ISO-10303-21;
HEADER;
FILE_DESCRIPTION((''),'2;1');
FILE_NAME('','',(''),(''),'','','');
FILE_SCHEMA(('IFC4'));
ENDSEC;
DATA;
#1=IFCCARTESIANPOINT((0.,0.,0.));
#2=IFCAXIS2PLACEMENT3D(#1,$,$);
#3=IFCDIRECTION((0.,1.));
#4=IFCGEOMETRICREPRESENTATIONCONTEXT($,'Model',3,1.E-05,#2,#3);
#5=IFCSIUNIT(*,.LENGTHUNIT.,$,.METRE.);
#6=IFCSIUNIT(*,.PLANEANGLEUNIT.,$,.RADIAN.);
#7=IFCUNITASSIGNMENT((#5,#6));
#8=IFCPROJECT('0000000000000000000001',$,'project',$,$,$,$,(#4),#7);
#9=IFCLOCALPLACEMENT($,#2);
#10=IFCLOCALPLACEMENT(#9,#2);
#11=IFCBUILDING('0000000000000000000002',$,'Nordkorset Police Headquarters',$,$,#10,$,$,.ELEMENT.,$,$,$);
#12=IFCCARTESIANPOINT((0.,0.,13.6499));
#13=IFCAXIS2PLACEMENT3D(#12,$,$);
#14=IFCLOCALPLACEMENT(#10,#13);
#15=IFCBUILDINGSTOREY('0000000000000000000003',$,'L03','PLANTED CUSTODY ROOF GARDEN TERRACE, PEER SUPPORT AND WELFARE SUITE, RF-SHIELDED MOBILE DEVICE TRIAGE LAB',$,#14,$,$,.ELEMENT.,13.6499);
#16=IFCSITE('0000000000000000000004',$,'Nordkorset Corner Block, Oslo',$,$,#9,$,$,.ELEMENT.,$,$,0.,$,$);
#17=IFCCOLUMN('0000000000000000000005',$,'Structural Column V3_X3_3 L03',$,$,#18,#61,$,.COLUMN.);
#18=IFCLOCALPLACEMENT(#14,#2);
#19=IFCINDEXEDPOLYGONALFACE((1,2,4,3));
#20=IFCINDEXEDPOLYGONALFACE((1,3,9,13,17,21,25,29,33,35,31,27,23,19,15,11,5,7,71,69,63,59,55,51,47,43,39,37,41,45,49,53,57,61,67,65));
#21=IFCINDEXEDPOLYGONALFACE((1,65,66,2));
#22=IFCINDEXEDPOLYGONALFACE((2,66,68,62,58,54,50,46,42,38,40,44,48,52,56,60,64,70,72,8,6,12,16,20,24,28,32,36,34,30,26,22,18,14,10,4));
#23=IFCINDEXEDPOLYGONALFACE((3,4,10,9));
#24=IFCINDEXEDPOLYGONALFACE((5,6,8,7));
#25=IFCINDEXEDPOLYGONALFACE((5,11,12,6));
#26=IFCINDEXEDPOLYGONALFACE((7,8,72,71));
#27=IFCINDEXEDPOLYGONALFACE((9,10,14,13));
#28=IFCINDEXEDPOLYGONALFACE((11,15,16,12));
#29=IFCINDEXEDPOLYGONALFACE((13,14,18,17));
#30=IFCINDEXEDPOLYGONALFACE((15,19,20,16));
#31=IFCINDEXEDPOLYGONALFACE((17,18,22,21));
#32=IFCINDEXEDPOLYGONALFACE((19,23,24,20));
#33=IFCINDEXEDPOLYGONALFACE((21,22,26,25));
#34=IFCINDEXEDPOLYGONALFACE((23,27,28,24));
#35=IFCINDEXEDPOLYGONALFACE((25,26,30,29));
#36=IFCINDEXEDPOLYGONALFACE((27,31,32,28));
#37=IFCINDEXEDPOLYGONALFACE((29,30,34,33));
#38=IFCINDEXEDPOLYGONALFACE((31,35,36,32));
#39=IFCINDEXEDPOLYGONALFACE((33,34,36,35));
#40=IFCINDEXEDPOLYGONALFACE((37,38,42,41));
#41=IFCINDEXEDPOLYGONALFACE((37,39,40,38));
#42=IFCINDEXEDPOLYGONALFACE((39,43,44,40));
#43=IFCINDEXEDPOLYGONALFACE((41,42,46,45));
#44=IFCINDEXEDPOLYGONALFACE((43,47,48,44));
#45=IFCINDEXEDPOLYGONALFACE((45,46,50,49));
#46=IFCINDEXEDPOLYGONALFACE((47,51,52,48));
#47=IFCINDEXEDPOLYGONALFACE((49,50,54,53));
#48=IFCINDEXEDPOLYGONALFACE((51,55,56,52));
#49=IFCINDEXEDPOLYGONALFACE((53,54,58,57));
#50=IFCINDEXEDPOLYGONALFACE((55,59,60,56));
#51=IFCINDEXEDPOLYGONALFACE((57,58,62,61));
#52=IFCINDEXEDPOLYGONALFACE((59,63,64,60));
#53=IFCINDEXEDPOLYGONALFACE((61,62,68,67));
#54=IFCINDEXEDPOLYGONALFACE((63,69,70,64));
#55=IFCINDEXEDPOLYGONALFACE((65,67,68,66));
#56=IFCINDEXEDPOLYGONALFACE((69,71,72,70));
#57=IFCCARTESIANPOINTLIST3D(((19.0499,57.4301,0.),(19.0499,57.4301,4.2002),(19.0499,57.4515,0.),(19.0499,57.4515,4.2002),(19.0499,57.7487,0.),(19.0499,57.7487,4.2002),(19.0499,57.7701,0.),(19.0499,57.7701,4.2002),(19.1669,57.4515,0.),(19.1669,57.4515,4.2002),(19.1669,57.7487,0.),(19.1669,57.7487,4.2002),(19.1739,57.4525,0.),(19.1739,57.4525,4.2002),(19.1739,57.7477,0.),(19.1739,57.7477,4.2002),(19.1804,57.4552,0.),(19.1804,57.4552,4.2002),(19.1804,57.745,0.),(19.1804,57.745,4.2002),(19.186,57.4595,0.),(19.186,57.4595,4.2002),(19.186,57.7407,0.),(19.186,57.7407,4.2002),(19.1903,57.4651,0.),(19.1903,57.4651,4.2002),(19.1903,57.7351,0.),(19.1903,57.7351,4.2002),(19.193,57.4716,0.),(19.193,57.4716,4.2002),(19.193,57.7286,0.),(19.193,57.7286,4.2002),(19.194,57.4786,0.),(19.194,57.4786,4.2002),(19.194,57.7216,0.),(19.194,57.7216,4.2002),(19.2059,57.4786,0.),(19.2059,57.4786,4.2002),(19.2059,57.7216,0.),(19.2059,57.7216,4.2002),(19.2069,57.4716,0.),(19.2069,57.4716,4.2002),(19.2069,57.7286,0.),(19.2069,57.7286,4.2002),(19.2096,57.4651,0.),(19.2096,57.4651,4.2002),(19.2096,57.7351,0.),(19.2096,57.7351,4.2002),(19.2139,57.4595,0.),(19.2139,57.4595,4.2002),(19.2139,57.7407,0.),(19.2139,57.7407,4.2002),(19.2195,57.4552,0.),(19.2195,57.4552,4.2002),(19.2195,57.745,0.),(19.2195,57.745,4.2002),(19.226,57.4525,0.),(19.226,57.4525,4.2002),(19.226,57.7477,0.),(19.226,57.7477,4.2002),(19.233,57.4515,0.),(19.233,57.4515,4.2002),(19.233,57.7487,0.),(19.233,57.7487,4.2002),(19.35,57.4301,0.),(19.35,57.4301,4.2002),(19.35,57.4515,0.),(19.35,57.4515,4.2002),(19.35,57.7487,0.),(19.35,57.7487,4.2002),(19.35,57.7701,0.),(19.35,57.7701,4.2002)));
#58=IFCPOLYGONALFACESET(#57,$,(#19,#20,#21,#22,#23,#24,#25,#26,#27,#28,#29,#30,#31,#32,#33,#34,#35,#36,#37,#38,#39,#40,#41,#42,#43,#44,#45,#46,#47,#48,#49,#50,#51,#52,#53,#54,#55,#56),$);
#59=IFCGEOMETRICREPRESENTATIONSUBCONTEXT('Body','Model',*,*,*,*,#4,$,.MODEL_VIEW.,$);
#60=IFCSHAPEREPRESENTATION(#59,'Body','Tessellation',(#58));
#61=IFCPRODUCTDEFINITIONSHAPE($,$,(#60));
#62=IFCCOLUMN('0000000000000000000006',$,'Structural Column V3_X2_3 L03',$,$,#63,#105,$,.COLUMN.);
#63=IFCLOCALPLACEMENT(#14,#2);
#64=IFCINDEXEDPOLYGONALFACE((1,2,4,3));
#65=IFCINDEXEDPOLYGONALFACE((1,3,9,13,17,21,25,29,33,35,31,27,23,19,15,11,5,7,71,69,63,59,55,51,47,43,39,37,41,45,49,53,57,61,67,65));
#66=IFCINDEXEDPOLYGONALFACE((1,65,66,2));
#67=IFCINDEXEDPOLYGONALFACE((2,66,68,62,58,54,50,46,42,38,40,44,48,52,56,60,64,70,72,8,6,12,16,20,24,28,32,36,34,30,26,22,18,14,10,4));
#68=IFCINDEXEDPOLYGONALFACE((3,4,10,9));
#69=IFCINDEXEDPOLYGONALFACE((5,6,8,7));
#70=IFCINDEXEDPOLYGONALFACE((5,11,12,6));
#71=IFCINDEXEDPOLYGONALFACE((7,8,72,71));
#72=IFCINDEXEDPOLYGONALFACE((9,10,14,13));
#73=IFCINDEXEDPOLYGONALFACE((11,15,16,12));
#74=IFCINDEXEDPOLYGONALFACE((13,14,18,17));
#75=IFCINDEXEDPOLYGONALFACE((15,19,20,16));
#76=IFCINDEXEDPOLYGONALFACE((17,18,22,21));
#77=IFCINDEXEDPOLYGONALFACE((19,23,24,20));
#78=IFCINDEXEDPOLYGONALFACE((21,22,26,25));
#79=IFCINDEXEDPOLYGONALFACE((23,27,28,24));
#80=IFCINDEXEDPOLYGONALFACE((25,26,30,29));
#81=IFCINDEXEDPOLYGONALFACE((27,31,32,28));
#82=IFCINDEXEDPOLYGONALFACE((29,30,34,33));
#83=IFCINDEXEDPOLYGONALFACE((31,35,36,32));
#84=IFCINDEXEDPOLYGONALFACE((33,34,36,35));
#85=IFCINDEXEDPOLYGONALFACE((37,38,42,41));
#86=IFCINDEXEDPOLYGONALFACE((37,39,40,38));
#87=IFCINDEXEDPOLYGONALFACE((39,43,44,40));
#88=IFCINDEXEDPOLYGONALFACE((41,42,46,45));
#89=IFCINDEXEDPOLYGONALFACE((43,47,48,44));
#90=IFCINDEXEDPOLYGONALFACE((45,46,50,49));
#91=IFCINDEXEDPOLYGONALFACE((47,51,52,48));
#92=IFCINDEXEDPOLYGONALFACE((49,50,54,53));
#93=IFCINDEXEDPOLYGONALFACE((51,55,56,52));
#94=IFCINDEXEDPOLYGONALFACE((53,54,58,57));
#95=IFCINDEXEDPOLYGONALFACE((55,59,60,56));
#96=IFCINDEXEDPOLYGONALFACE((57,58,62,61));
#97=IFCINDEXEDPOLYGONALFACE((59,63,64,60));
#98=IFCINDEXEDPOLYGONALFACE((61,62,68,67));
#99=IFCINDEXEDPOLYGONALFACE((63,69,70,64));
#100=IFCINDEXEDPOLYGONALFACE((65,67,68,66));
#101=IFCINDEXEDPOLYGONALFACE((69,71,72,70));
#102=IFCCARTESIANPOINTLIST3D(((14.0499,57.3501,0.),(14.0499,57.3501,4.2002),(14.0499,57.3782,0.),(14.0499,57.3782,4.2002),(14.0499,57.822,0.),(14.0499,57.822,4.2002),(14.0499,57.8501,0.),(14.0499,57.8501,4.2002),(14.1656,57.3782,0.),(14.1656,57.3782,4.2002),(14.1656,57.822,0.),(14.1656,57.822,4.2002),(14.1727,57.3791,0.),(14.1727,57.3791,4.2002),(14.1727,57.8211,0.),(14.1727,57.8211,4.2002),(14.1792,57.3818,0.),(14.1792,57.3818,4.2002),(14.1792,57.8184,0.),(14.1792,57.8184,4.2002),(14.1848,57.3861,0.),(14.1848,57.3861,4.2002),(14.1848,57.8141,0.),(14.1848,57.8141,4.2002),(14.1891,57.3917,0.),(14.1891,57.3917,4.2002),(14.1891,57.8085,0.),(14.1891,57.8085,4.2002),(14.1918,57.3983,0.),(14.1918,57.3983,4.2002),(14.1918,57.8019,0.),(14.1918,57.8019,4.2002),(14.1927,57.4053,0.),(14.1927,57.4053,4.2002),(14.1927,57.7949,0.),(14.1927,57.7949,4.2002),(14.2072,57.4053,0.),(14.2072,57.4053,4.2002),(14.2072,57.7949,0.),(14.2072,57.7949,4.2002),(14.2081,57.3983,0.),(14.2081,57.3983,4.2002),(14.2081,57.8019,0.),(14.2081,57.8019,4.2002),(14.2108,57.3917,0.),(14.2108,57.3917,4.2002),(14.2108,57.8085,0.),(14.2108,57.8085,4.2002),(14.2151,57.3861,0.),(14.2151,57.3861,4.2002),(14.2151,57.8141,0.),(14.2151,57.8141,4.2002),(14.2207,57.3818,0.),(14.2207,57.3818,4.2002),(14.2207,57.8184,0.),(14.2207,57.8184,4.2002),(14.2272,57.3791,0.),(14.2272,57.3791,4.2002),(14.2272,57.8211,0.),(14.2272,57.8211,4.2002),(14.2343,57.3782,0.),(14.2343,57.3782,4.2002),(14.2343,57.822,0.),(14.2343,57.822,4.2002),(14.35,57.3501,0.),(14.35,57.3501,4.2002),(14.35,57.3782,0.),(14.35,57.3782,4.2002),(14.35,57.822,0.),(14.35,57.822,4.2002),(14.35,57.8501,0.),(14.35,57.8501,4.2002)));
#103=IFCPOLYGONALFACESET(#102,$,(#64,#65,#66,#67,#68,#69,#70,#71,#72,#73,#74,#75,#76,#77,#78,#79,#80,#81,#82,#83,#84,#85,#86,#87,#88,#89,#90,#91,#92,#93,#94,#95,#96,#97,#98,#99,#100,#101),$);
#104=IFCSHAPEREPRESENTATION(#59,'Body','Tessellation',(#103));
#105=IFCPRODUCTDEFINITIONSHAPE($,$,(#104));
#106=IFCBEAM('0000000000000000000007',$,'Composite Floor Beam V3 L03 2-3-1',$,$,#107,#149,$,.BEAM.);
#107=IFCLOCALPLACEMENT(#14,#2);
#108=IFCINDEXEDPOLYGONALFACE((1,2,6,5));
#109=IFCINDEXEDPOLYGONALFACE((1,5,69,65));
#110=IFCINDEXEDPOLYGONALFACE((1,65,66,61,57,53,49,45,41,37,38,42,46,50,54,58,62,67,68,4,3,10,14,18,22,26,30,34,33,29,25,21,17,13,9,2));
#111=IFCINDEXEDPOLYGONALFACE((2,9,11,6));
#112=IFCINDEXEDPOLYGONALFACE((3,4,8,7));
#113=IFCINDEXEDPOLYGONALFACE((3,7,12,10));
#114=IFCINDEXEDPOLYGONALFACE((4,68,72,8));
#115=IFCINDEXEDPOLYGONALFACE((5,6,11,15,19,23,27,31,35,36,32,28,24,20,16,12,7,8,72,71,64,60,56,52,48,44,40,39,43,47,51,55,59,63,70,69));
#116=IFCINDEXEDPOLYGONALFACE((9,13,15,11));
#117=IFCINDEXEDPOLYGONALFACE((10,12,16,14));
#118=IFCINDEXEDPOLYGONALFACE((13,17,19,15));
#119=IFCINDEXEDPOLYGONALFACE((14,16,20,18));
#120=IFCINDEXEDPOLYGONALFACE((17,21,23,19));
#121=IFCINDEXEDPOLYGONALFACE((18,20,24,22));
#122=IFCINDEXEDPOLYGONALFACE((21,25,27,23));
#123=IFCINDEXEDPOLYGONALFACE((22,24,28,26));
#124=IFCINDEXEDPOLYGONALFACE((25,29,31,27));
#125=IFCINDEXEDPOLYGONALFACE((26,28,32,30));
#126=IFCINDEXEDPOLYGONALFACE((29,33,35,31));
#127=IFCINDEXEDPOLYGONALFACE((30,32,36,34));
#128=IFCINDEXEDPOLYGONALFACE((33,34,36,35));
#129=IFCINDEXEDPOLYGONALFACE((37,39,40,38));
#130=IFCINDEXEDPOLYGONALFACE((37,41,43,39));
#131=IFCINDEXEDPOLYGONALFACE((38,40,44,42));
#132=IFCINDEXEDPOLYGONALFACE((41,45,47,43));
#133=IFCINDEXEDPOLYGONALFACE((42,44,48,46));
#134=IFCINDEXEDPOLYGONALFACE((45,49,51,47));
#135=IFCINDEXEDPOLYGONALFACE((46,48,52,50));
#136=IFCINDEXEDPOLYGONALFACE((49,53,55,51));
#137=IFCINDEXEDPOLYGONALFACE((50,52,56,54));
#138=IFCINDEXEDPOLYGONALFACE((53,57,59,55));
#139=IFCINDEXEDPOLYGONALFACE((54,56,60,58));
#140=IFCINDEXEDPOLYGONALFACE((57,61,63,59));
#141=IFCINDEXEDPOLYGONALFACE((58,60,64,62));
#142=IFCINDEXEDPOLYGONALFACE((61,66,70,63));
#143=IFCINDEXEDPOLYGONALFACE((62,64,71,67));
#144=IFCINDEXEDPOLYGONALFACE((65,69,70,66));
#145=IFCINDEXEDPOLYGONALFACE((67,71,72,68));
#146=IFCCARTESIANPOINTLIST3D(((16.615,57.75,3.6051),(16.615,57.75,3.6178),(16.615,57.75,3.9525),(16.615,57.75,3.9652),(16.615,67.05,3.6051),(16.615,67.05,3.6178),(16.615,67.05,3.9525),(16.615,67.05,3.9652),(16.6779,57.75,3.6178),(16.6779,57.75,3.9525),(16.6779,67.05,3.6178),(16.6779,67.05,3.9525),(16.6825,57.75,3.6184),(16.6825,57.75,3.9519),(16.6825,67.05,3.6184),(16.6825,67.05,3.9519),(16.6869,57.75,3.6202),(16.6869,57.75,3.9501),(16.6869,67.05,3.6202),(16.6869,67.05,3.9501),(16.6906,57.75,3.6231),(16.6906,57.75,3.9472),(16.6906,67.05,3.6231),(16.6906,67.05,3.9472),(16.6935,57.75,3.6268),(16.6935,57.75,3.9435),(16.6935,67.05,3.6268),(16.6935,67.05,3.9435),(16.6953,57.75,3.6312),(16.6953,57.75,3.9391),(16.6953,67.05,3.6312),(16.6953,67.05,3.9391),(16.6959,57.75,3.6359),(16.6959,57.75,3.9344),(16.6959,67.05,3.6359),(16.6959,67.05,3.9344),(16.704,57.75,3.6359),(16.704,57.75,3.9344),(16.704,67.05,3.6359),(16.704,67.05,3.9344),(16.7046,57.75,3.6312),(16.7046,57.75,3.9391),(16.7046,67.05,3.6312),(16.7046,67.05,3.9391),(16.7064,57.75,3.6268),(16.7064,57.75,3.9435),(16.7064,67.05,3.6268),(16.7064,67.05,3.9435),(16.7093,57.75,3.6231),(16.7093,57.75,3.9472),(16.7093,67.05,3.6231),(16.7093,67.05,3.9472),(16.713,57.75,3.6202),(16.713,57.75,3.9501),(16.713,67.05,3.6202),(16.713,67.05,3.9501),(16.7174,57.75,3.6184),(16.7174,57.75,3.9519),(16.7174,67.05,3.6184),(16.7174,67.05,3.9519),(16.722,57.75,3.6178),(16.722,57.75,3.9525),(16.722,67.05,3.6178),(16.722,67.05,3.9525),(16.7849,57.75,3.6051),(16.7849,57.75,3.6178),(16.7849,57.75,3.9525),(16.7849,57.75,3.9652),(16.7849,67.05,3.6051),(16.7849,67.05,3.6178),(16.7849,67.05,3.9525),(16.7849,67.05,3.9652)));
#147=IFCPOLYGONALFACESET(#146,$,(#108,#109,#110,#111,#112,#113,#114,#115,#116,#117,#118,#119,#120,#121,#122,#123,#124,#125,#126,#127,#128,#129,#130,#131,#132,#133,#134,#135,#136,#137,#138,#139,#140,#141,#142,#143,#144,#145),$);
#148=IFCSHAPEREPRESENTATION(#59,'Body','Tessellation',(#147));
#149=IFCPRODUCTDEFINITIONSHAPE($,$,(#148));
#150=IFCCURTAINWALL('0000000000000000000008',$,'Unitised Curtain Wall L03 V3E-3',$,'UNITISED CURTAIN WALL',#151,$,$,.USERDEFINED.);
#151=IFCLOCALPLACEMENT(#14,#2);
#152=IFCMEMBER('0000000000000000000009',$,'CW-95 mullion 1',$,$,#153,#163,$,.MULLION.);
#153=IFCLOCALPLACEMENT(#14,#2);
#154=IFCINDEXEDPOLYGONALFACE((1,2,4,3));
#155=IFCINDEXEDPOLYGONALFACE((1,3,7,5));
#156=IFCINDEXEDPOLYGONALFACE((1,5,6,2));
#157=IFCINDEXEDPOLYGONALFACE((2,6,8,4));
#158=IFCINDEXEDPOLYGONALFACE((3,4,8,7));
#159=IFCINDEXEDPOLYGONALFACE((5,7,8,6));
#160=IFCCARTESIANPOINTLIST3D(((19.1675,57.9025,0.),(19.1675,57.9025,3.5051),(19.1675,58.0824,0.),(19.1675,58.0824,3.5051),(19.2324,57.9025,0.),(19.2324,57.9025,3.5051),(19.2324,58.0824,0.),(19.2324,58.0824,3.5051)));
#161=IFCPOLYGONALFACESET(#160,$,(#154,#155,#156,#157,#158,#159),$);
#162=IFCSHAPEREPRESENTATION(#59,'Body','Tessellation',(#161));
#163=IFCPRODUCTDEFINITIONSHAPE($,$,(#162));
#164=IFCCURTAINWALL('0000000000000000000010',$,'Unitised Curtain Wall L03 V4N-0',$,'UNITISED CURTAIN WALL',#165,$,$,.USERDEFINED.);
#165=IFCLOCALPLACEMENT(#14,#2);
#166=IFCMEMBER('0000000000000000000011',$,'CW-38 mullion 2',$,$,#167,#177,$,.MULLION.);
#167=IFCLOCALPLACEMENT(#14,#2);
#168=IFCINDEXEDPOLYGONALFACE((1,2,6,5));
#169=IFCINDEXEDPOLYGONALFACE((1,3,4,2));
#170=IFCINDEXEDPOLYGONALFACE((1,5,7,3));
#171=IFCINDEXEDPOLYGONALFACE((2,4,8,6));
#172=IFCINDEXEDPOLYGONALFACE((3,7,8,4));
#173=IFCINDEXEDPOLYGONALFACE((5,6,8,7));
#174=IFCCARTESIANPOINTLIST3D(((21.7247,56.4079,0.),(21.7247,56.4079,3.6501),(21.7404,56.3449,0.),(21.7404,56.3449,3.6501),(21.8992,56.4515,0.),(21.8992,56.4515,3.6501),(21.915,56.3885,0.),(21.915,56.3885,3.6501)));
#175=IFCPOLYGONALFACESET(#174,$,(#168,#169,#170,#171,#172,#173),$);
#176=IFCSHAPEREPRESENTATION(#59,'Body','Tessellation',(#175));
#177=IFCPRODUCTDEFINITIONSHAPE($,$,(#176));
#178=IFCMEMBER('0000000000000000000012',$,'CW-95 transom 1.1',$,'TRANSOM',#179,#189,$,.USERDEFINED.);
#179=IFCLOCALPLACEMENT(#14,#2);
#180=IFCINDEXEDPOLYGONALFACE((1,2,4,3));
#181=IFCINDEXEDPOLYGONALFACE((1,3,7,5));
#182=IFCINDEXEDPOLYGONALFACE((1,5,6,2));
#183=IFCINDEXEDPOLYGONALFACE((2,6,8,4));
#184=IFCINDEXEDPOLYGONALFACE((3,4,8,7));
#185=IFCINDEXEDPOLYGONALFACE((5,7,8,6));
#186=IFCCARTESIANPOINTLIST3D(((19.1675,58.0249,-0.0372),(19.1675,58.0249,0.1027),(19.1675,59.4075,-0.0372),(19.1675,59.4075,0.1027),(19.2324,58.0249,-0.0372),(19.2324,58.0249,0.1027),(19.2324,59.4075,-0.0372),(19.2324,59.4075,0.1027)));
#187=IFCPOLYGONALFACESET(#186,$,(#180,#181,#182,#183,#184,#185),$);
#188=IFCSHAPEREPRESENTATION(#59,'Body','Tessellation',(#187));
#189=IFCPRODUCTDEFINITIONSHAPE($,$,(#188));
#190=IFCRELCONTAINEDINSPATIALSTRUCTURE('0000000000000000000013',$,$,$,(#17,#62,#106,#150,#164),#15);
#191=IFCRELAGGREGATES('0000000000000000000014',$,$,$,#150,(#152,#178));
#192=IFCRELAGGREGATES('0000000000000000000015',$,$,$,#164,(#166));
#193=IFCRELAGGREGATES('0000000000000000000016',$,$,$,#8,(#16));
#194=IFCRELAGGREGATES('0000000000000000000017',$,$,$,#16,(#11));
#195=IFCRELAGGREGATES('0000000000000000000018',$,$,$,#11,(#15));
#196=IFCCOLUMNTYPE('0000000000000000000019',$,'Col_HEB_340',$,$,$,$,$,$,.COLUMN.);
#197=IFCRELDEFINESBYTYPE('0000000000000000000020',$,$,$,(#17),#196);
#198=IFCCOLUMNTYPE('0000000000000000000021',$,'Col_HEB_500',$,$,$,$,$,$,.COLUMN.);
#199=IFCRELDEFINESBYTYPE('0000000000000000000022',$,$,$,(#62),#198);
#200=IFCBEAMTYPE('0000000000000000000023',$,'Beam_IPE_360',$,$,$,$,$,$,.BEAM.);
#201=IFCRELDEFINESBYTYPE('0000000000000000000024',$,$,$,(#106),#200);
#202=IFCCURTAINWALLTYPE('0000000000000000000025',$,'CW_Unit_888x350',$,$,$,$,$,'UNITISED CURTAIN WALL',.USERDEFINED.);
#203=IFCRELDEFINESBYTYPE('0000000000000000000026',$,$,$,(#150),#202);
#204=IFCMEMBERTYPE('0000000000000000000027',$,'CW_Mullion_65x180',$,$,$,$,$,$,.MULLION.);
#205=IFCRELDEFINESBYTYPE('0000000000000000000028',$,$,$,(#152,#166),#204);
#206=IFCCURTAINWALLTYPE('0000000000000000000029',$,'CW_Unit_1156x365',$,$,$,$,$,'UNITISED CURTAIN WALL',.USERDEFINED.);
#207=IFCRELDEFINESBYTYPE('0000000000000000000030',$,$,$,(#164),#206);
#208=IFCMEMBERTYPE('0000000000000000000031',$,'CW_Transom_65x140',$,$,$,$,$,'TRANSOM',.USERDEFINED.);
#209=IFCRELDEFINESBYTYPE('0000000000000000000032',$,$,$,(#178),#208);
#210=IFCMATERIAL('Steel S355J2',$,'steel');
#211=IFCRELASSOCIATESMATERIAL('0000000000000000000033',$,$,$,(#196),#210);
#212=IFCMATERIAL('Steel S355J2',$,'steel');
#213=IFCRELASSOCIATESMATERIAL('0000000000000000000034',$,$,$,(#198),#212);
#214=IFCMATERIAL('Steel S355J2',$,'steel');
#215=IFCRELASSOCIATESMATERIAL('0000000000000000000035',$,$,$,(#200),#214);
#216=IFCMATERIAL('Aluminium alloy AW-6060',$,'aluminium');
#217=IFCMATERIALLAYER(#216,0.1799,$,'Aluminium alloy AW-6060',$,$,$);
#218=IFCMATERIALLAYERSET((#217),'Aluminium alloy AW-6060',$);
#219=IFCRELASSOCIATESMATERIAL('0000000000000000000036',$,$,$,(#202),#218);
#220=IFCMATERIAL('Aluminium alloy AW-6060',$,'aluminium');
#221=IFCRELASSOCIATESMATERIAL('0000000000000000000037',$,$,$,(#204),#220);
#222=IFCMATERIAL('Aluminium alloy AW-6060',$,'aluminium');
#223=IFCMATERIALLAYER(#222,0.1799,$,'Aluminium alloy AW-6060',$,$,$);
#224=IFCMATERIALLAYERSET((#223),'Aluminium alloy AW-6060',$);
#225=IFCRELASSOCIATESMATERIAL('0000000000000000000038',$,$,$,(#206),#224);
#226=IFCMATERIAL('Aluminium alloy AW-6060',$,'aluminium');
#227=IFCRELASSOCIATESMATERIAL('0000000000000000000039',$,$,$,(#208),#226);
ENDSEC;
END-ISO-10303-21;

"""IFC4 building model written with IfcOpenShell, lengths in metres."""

from ifc_helpers import new_model, si_unit, direction, frame, origin, origin_2d, place, context, subcontext, project, spatial, rectangle, i_section, extrude, material, layer, layer_set, material_profile, profile_set, type_object, element, aggregate, save


model = new_model("IFC4")

# Units and contexts
model_context = context("Model", 3, precision=1e-05, world=origin(), true_north=direction((0.0, 1.0)))
body_context = subcontext(model_context, "Body", "Model", "MODEL_VIEW")
ifc_project = project(units=[si_unit("LENGTHUNIT", "METRE"), si_unit("PLANEANGLEUNIT", "RADIAN")], contexts=[model_context])

# Site, building, storey
site_placement = place(None, origin())
site = spatial("IfcSite", under=ifc_project, at=site_placement, Name="Nordkorset Corner Block, Oslo", CompositionType="ELEMENT", RefElevation=0.0)
building_placement = place(site_placement, origin())
building = spatial("IfcBuilding", under=site, at=building_placement, Name="Nordkorset Police Headquarters", CompositionType="ELEMENT")
storey_placement = place(building_placement, frame((0.0, 0.0, 13.6499)))
storey = spatial("IfcBuildingStorey", under=building, at=storey_placement, Name="L03", Description="PLANTED CUSTODY ROOF GARDEN TERRACE, PEER SUPPORT AND WELFARE SUITE, RF-SHIELDED MOBILE DEVICE TRIAGE LAB", CompositionType="ELEMENT", Elevation=13.6499)

# Columns
ifc_material_1 = material(Name="Steel S355J2", Category="steel")
ifc_material_profile_1 = material_profile(ifc_material_1, i_section(OverallWidth=0.3, OverallDepth=0.3401, WebThickness=0.012, FlangeThickness=0.0215, FilletRadius=0.0271, at=origin_2d()), Name="HEB 340")
ifc_profile_set_1 = profile_set([ifc_material_profile_1], Name="Steel S355J2")
column_type_1 = type_object("IfcColumnType", Name="Col_HEB_340", PredefinedType="COLUMN", material=ifc_profile_set_1)
column_1_placement = place(storey_placement, frame((19.2, 57.6001, 0.0), z_axis=(0.0, 0.0, 1.0), x_axis=(1.0, 0.0, 0.0)))
element("IfcColumn", 1, at=column_1_placement, inside=storey, type_object=column_type_1, Name="Structural Column V3_X3_3 L03", PredefinedType="COLUMN", context=body_context, shape_type="SweptSolid", body=[
    extrude(i_section(OverallWidth=0.3, OverallDepth=0.3401, WebThickness=0.012, FlangeThickness=0.0215, FilletRadius=0.0271, at=origin_2d()), origin(), (0.0, 0.0, 1.0), 4.2002),
])
ifc_material_2 = material(Name="Steel S355J2", Category="steel")
ifc_material_profile_2 = material_profile(ifc_material_2, i_section(OverallWidth=0.3, OverallDepth=0.5, WebThickness=0.0144, FlangeThickness=0.0281, FilletRadius=0.0271, at=origin_2d()), Name="HEB 500")
ifc_profile_set_2 = profile_set([ifc_material_profile_2], Name="Steel S355J2")
column_type_2 = type_object("IfcColumnType", Name="Col_HEB_500", PredefinedType="COLUMN", material=ifc_profile_set_2)
column_2_placement = place(storey_placement, frame((14.2, 57.6001, 0.0), z_axis=(0.0, 0.0, 1.0), x_axis=(1.0, 0.0, 0.0)))
element("IfcColumn", 2, at=column_2_placement, inside=storey, type_object=column_type_2, Name="Structural Column V3_X2_3 L03", PredefinedType="COLUMN", context=body_context, shape_type="SweptSolid", body=[
    extrude(i_section(OverallWidth=0.3, OverallDepth=0.5, WebThickness=0.0144, FlangeThickness=0.0281, FilletRadius=0.0271, at=origin_2d()), origin(), (0.0, 0.0, 1.0), 4.2002),
])

# Beam
ifc_material_3 = material(Name="Steel S355J2", Category="steel")
ifc_material_profile_3 = material_profile(ifc_material_3, i_section(OverallWidth=0.1699, OverallDepth=0.3601, WebThickness=0.0081, FlangeThickness=0.0127, FilletRadius=0.0181, at=origin_2d()), Name="IPE 360")
ifc_profile_set_3 = profile_set([ifc_material_profile_3], Name="Steel S355J2")
beam_type_1 = type_object("IfcBeamType", Name="Beam_IPE_360", PredefinedType="BEAM", material=ifc_profile_set_3)
beam_1_placement = place(storey_placement, frame((16.7, 57.75, 3.7852), z_axis=(0.0, 1.0, 0.0), x_axis=(-1.0, 0.0, 0.0)))
element("IfcBeam", 3, at=beam_1_placement, inside=storey, type_object=beam_type_1, Name="Composite Floor Beam V3 L03 2-3-1", PredefinedType="BEAM", context=body_context, shape_type="SweptSolid", body=[
    extrude(i_section(OverallWidth=0.1699, OverallDepth=0.3601, WebThickness=0.0081, FlangeThickness=0.0127, FilletRadius=0.0181, at=origin_2d()), origin(), (0.0, 0.0, 1.0), 9.3),
])

# Curtain walls, members
ifc_material_4 = material(Name="Aluminium alloy AW-6060", Category="aluminium")
ifc_layer_1 = layer(ifc_material_4, 0.1799, Name="Aluminium alloy AW-6060")
ifc_layer_set_1 = layer_set([ifc_layer_1], Name="Aluminium alloy AW-6060")
curtain_wall_type_1 = type_object("IfcCurtainWallType", Name="CW_Unit_888x350", ElementType="UNITISED CURTAIN WALL", PredefinedType="USERDEFINED", material=ifc_layer_set_1)
curtain_wall_1_placement = place(storey_placement, origin())
curtain_wall_1 = element("IfcCurtainWall", 4, at=curtain_wall_1_placement, inside=storey, type_object=curtain_wall_type_1, Name="Unitised Curtain Wall L03 V3E-3", ObjectType="UNITISED CURTAIN WALL", PredefinedType="USERDEFINED")
ifc_material_5 = material(Name="Aluminium alloy AW-6060", Category="aluminium")
ifc_material_profile_4 = material_profile(ifc_material_5, rectangle(XDim=0.0649, YDim=0.1799, at=origin_2d()), Name="ALU MULL 65x180")
ifc_profile_set_4 = profile_set([ifc_material_profile_4], Name="Aluminium alloy AW-6060")
member_type_1 = type_object("IfcMemberType", Name="CW_Mullion_65x180", PredefinedType="MULLION", material=ifc_profile_set_4)
member_1_placement = place(storey_placement, frame((19.2, 57.9924, 0.0), z_axis=(0.0, 0.0, 1.0), x_axis=(-1.0, 0.0, 0.0)))
member_1 = element("IfcMember", 5, at=member_1_placement, type_object=member_type_1, Name="CW-95 mullion 1", PredefinedType="MULLION", context=body_context, shape_type="SweptSolid", body=[
    extrude(rectangle(XDim=0.0649, YDim=0.1799, at=origin_2d()), origin(), (0.0, 0.0, 1.0), 3.5051),
])
ifc_material_6 = material(Name="Aluminium alloy AW-6060", Category="aluminium")
ifc_layer_2 = layer(ifc_material_6, 0.1799, Name="Aluminium alloy AW-6060")
ifc_layer_set_2 = layer_set([ifc_layer_2], Name="Aluminium alloy AW-6060")
curtain_wall_type_2 = type_object("IfcCurtainWallType", Name="CW_Unit_1156x365", ElementType="UNITISED CURTAIN WALL", PredefinedType="USERDEFINED", material=ifc_layer_set_2)
curtain_wall_2_placement = place(storey_placement, origin())
curtain_wall_2 = element("IfcCurtainWall", 6, at=curtain_wall_2_placement, inside=storey, type_object=curtain_wall_type_2, Name="Unitised Curtain Wall L03 V4N-0", ObjectType="UNITISED CURTAIN WALL", PredefinedType="USERDEFINED")
member_2_placement = place(storey_placement, frame((21.8198, 56.3982, 0.0), z_axis=(0.0, 0.0, 1.0), x_axis=(-0.242536, 0.970142, 0.0)))
member_2 = element("IfcMember", 7, at=member_2_placement, type_object=member_type_1, Name="CW-38 mullion 2", PredefinedType="MULLION", context=body_context, shape_type="SweptSolid", body=[
    extrude(rectangle(XDim=0.0649, YDim=0.1799, at=origin_2d()), origin(), (0.0, 0.0, 1.0), 3.6501),
])

# Member
ifc_material_7 = material(Name="Aluminium alloy AW-6060", Category="aluminium")
ifc_material_profile_5 = material_profile(ifc_material_7, rectangle(XDim=0.0649, YDim=0.1399, at=origin_2d()), Name="ALU TRAN 65x140")
ifc_profile_set_5 = profile_set([ifc_material_profile_5], Name="Aluminium alloy AW-6060")
member_type_2 = type_object("IfcMemberType", Name="CW_Transom_65x140", ElementType="TRANSOM", PredefinedType="USERDEFINED", material=ifc_profile_set_5)
member_3_placement = place(storey_placement, frame((19.2, 58.0249, 0.0327), z_axis=(0.0, 1.0, 0.0), x_axis=(-1.0, 0.0, 0.0)))
member_3 = element("IfcMember", 8, at=member_3_placement, type_object=member_type_2, Name="CW-95 transom 1.1", ObjectType="TRANSOM", PredefinedType="USERDEFINED", context=body_context, shape_type="SweptSolid", body=[
    extrude(rectangle(XDim=0.0649, YDim=0.1399, at=origin_2d()), origin(), (0.0, 0.0, 1.0), 1.3826),
])
aggregate(curtain_wall_1, [member_1, member_3])

aggregate(curtain_wall_2, [member_2])

save(model, "model.ifc")
